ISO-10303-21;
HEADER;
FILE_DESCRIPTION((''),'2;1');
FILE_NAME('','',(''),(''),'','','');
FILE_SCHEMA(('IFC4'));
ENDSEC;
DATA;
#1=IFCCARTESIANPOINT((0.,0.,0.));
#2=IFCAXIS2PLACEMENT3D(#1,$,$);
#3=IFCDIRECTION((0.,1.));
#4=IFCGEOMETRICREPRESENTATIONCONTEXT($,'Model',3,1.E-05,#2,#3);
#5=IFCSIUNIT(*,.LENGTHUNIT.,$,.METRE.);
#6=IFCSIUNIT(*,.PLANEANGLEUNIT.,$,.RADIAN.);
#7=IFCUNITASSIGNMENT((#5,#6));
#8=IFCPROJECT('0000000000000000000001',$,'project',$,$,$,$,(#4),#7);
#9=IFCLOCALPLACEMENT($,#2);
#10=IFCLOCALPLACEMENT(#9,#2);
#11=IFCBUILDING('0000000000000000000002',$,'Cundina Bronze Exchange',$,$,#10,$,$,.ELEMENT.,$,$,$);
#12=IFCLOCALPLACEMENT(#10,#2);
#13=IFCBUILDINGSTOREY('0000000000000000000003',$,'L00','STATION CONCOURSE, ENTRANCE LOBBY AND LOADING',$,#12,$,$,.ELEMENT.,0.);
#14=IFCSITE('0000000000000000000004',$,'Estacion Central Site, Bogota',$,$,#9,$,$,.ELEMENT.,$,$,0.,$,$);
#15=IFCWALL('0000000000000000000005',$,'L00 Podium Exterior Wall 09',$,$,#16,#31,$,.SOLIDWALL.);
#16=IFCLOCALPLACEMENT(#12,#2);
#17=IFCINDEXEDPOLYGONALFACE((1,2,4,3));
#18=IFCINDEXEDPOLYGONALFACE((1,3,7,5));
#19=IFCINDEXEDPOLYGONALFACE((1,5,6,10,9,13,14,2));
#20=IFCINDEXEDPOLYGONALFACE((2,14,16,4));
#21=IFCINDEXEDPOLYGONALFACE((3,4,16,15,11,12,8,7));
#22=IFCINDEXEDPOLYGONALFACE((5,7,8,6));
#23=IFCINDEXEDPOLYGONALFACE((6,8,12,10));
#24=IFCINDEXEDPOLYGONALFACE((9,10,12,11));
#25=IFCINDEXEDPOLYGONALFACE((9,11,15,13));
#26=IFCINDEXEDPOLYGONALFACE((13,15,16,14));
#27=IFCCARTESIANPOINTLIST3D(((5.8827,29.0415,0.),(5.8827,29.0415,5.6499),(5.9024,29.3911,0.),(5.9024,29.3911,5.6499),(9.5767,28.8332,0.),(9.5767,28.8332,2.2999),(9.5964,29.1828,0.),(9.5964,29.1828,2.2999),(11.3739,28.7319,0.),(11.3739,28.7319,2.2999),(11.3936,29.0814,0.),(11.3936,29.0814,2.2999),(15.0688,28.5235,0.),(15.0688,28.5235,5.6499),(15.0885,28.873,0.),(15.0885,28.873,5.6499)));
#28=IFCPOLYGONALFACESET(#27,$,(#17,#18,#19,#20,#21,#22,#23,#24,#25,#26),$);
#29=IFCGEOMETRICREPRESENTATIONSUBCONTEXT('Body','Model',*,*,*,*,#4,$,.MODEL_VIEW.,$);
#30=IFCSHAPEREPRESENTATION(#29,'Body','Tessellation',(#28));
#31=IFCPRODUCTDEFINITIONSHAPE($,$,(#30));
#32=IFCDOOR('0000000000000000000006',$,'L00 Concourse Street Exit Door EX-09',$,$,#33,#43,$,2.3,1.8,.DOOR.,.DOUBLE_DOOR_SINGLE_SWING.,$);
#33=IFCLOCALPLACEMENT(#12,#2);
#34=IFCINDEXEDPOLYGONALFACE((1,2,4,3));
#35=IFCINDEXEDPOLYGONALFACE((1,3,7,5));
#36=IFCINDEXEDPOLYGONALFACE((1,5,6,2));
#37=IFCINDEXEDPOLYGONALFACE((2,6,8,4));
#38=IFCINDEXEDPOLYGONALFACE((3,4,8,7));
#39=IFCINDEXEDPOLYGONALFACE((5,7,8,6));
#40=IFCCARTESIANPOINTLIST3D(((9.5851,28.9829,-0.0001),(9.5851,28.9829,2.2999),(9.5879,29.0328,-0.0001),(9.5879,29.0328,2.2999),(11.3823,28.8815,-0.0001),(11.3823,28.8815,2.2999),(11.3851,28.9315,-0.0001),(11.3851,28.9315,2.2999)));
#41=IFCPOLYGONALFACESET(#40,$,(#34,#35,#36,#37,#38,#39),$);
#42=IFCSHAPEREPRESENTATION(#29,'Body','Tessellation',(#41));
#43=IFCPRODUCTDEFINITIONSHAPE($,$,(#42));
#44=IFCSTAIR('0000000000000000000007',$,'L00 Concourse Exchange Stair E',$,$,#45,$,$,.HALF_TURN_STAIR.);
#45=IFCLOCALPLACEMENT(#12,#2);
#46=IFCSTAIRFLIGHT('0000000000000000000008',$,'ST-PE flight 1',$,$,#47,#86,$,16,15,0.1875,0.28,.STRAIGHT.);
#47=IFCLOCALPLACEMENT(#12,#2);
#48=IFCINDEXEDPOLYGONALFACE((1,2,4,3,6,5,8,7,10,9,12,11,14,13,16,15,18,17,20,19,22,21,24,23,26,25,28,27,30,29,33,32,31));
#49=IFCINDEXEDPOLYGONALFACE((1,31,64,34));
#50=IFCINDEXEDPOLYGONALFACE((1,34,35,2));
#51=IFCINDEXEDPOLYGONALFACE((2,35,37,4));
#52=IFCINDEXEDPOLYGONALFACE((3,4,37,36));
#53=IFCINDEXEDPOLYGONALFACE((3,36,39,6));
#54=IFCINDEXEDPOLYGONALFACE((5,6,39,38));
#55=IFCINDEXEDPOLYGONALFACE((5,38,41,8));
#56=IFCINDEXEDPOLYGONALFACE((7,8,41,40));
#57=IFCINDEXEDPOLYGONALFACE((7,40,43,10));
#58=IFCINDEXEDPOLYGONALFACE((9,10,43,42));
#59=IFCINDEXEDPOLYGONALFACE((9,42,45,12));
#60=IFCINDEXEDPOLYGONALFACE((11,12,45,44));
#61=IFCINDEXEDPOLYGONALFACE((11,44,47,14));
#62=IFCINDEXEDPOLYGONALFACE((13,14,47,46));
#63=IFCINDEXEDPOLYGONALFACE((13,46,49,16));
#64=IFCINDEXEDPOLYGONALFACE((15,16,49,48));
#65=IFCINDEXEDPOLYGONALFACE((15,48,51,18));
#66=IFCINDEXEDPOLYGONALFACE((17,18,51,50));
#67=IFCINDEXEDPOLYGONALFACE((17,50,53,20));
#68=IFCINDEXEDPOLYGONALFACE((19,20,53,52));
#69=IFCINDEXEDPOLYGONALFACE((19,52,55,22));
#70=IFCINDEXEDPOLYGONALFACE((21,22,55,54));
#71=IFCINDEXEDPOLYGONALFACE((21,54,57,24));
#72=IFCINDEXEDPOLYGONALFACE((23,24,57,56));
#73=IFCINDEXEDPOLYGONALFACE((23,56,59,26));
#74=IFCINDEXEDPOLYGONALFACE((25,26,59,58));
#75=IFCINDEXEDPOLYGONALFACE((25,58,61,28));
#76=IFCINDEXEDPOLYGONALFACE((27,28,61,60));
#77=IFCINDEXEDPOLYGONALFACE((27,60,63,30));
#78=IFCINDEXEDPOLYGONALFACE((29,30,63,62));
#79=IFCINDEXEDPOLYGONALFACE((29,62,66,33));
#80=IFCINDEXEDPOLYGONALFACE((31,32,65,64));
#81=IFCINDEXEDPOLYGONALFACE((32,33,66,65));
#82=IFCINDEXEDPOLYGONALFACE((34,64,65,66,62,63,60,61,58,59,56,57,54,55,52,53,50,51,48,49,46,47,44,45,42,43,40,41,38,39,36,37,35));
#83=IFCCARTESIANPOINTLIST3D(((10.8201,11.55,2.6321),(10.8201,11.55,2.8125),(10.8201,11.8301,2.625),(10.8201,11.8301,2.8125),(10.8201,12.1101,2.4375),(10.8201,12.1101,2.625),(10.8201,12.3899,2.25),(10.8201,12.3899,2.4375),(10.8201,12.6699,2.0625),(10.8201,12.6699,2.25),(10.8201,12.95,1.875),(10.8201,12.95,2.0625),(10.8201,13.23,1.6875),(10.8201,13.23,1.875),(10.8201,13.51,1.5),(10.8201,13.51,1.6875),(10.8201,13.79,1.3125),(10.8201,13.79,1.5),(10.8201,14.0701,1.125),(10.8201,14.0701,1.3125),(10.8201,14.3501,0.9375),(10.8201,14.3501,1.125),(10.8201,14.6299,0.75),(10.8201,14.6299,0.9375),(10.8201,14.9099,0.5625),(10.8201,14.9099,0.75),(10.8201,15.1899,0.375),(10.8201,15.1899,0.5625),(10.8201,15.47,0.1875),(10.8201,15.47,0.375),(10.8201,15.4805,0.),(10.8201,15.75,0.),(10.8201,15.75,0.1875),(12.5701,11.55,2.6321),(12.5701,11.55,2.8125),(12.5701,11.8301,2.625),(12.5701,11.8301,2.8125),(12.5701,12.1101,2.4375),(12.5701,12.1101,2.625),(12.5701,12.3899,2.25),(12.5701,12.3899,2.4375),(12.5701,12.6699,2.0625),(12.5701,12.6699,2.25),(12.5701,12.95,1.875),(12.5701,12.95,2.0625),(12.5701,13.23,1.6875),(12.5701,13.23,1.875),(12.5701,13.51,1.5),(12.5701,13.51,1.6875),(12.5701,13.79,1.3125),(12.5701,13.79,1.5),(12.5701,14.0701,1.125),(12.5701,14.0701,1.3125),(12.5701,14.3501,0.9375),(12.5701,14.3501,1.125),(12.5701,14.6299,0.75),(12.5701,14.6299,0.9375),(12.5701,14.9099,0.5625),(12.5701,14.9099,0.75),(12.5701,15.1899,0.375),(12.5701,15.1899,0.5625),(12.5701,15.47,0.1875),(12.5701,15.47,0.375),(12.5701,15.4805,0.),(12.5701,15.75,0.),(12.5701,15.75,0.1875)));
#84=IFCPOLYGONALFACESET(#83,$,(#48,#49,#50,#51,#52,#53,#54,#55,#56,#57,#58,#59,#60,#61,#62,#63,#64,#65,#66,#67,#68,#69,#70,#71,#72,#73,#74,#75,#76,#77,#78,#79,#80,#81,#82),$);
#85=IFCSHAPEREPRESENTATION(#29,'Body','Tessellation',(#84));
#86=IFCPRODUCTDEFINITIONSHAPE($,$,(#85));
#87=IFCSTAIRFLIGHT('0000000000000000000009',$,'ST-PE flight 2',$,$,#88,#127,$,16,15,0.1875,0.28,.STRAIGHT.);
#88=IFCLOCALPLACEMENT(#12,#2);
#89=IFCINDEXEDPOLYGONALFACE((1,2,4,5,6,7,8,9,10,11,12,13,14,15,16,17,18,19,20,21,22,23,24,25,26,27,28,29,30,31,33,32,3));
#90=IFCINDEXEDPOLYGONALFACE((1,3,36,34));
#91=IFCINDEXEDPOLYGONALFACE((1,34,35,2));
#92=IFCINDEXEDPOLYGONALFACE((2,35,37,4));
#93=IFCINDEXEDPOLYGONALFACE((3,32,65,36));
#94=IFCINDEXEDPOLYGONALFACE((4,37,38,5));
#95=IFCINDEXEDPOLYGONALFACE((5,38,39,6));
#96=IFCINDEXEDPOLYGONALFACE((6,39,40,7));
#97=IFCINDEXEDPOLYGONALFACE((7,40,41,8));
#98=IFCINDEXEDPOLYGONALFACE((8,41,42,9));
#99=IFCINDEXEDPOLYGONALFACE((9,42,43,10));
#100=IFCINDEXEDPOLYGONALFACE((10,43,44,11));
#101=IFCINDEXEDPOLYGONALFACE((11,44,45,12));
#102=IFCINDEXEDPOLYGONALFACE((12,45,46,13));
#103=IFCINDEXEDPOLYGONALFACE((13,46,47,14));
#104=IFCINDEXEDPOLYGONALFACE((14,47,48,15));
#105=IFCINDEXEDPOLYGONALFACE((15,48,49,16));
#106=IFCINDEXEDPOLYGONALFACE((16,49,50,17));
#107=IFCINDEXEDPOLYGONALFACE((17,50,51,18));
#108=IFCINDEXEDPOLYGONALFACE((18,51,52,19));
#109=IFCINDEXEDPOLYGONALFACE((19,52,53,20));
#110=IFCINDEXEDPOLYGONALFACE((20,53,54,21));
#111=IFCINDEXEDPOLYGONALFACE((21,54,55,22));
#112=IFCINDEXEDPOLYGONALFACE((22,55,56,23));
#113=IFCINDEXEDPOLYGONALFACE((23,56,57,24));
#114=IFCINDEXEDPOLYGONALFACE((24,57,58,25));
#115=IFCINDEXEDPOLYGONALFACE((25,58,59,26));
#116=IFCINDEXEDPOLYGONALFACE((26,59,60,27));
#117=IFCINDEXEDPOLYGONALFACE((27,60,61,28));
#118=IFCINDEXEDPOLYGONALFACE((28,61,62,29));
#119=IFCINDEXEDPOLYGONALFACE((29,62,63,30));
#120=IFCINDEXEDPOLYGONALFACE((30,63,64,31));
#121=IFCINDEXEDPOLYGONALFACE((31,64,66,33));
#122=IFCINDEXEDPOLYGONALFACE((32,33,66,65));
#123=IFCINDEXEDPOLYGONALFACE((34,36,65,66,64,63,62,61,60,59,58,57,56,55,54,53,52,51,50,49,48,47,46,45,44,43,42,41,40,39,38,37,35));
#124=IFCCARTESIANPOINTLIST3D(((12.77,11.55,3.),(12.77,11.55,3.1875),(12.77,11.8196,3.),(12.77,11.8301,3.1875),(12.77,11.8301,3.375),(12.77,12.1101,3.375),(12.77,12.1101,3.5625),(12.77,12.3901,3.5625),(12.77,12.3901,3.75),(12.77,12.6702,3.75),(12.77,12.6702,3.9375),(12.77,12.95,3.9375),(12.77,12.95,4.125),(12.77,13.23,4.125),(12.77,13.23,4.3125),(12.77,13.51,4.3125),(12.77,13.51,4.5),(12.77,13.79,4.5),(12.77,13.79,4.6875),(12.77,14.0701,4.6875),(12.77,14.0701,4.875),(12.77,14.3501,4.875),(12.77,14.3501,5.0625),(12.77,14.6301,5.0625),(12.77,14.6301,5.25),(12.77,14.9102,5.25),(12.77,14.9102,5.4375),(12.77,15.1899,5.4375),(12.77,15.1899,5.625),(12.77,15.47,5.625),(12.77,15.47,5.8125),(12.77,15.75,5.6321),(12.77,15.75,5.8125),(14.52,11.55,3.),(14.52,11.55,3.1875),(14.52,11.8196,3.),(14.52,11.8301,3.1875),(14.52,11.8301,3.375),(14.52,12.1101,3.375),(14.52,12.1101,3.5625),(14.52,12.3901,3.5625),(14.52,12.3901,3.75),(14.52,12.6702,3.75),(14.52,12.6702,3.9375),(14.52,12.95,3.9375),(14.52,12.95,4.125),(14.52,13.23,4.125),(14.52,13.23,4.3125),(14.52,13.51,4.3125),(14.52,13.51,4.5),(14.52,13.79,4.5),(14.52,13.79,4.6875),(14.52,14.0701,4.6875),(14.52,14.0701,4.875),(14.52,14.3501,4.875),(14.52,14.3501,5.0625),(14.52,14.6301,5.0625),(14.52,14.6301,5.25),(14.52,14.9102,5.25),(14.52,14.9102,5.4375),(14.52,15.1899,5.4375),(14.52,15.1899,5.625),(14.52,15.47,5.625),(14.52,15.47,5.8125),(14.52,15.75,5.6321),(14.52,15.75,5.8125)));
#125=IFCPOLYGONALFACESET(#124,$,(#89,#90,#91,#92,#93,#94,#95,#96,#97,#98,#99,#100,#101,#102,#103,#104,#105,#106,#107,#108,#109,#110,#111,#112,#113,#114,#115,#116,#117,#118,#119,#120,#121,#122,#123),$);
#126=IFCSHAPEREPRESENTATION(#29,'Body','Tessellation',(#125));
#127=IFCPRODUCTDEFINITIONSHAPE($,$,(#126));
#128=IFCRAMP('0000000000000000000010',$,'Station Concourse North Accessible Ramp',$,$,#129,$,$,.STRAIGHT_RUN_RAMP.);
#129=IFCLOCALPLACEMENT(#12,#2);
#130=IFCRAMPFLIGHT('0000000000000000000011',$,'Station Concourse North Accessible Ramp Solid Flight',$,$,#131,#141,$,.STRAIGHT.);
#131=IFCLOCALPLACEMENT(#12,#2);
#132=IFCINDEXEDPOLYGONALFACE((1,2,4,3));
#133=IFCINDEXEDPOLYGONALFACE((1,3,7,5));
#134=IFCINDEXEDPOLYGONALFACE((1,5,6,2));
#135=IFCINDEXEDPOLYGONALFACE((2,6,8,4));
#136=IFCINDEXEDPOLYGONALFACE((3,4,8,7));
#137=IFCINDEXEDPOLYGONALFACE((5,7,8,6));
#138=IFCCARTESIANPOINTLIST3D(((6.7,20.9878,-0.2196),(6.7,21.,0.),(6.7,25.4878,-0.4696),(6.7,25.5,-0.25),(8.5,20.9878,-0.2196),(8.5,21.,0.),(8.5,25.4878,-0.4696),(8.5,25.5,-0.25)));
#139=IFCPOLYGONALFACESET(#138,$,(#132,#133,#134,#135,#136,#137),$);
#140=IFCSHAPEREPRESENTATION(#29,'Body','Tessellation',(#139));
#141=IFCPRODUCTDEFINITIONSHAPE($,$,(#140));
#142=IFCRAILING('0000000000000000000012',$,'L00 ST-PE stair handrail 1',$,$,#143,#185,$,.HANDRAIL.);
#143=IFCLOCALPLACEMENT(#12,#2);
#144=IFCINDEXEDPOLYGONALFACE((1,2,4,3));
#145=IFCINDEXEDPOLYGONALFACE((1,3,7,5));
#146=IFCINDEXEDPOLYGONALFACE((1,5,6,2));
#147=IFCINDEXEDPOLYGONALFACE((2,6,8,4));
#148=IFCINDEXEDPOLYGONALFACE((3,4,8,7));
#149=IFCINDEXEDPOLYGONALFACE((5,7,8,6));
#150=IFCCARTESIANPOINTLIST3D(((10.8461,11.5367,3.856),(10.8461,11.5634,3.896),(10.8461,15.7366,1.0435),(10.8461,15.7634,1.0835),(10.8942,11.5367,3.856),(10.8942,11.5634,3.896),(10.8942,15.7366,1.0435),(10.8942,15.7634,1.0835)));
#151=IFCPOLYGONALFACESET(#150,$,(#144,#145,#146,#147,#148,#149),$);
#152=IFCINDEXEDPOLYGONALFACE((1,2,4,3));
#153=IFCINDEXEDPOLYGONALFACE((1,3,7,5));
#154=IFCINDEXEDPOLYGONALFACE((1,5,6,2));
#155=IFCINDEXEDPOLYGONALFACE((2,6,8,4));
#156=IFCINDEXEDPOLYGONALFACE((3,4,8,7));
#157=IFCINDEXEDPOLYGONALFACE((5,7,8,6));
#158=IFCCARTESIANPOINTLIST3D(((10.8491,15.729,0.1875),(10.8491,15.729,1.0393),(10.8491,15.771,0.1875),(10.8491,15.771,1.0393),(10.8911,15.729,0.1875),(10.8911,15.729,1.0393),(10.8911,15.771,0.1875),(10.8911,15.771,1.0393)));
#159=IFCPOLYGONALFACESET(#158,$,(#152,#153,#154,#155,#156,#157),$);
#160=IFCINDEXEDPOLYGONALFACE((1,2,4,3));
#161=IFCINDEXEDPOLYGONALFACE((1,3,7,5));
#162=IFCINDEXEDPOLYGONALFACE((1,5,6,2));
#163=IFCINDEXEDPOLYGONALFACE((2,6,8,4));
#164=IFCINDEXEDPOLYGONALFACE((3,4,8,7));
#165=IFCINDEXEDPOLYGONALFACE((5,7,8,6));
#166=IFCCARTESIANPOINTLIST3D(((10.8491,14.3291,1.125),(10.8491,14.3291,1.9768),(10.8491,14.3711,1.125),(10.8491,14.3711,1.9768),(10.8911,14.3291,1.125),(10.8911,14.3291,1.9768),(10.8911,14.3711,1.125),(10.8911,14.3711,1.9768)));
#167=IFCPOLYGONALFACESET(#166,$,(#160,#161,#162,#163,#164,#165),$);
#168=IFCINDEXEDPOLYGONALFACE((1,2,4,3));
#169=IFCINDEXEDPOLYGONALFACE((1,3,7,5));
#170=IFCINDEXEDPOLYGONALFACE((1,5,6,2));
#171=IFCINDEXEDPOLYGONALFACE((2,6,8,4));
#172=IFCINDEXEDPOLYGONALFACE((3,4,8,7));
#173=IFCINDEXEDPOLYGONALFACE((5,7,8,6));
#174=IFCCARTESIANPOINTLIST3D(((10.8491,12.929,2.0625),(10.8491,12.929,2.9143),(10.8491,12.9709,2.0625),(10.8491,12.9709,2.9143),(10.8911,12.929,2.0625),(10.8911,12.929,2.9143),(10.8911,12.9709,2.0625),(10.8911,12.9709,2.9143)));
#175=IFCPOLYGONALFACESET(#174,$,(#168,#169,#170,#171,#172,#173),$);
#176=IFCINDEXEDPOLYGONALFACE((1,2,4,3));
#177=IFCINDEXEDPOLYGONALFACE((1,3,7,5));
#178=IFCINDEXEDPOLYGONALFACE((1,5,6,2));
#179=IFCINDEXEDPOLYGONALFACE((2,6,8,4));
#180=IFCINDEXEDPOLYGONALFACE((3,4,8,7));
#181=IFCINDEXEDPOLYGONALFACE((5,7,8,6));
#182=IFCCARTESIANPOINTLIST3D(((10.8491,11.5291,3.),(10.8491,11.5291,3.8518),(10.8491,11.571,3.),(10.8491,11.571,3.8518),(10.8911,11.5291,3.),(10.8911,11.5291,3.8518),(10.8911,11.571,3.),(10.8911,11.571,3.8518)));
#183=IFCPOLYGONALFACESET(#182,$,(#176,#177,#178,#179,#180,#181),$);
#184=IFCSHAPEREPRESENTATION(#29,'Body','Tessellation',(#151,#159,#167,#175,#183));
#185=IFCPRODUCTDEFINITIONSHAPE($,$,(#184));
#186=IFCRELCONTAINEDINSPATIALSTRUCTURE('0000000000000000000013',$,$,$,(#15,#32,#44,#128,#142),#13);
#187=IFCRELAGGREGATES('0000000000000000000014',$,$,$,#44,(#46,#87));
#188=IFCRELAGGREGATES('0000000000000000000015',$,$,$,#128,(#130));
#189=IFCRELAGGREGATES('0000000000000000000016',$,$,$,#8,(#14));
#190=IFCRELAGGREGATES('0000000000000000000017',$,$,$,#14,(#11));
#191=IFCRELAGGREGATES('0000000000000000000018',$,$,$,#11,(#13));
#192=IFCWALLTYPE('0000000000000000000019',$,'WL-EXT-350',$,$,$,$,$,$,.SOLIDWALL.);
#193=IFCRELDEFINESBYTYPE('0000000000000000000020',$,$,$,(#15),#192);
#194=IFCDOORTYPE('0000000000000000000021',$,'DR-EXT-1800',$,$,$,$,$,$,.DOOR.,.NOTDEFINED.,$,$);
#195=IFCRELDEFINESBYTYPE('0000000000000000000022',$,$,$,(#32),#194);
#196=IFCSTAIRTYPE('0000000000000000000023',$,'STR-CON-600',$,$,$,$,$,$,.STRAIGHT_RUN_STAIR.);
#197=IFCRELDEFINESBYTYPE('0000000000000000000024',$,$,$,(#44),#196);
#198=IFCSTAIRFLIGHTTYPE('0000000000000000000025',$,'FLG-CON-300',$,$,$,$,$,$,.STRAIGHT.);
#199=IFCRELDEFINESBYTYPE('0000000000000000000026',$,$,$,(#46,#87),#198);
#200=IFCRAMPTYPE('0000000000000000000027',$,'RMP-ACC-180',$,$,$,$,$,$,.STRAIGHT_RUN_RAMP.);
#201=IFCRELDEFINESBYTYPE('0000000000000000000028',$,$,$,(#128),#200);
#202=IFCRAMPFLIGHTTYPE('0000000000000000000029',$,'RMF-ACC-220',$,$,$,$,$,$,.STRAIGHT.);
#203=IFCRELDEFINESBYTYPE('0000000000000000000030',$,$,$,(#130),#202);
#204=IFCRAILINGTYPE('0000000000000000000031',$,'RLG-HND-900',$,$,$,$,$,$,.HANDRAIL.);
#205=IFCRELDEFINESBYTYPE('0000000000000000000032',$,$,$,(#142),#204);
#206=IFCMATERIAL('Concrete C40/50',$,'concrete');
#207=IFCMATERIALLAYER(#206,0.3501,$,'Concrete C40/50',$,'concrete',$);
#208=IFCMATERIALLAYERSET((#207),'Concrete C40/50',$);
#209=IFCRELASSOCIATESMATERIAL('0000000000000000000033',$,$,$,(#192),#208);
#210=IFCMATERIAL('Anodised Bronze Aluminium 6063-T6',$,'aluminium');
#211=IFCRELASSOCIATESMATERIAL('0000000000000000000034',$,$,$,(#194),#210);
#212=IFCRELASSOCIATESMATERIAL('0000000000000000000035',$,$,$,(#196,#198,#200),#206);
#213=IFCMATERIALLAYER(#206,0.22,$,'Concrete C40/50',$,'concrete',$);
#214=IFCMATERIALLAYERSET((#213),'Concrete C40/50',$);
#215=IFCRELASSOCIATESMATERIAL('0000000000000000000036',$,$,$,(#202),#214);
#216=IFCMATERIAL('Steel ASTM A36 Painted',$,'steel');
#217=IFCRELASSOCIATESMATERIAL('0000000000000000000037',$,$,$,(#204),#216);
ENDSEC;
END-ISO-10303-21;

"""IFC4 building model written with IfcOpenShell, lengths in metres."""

from ifc_helpers import new_model, si_unit, direction, frame, frame_2d, origin, origin_2d, place, context, subcontext, project, spatial, polyline, rectangle, outline, extrude, material, layer, layer_set, type_object, element, fill, aggregate, save


model = new_model("IFC4")

# Units and contexts
model_context = context("Model", 3, precision=1e-05, world=origin(), true_north=direction((0.0, 1.0)))
body_context = subcontext(model_context, "Body", "Model", "MODEL_VIEW")
ifc_project = project(units=[si_unit("LENGTHUNIT", "METRE"), si_unit("PLANEANGLEUNIT", "RADIAN")], contexts=[model_context])

# Site, building, storey
site_placement = place(None, origin())
site = spatial("IfcSite", under=ifc_project, at=site_placement, Name="Estacion Central Site, Bogota", CompositionType="ELEMENT", RefElevation=0.0)
building_placement = place(site_placement, origin())
building = spatial("IfcBuilding", under=site, at=building_placement, Name="Cundina Bronze Exchange", CompositionType="ELEMENT")
storey_placement = place(building_placement, origin())
storey = spatial("IfcBuildingStorey", under=building, at=storey_placement, Name="L00", Description="STATION CONCOURSE, ENTRANCE LOBBY AND LOADING", CompositionType="ELEMENT", Elevation=0.0)

# Shared definitions
ifc_material_1 = material(Name="Concrete C40/50", Category="concrete")

# Shared definitions
ifc_layer_1 = layer(ifc_material_1, 0.3501, Name="Concrete C40/50", Category="concrete")
ifc_layer_set_1 = layer_set([ifc_layer_1], Name="Concrete C40/50")
wall_type_1 = type_object("IfcWallType", Name="WL-EXT-350", PredefinedType="SOLIDWALL", material=ifc_layer_set_1)

# Wall, opening, door
wall_1_placement = place(storey_placement, frame((5.8926, 29.2163, 0.0), z_axis=(0.0, 0.0, 1.0), x_axis=(0.998413, -0.056308, 0.0)))
wall_1 = element("IfcWall", 1, at=wall_1_placement, inside=storey, type_object=wall_type_1, Name="L00 Podium Exterior Wall 09", PredefinedType="SOLIDWALL", context=body_context, shape_type="SweptSolid", body=[
    extrude(rectangle(XDim=9.2007, YDim=0.3501, at=frame_2d((4.6003, 0.0))), origin(), (0.0, 0.0, 1.0), 5.6499),
])
opening_1_placement = place(wall_1_placement, frame((3.7, 0.0, 0.0)))
opening_1 = element("IfcOpeningElement", 2, at=opening_1_placement, cuts=wall_1, PredefinedType="OPENING", context=body_context, shape_type="SweptSolid", body=[
    extrude(rectangle(XDim=1.8, YDim=2.3, at=frame_2d((0.8999, 1.1499))), frame((0.0, 0.1851, 0.0), z_axis=(0.0, -1.0, 0.0), x_axis=(1.0, 0.0, 0.0)), (0.0, 0.0, 1.0), 0.3701),
])
ifc_material_2 = material(Name="Anodised Bronze Aluminium 6063-T6", Category="aluminium")
door_type_1 = type_object("IfcDoorType", Name="DR-EXT-1800", OperationType="NOTDEFINED", PredefinedType="DOOR", material=ifc_material_2)
door_1_placement = place(opening_1_placement, origin())
door_1 = element("IfcDoor", 3, at=door_1_placement, inside=storey, type_object=door_type_1, Name="L00 Concourse Street Exit Door EX-09", OperationType="DOUBLE_DOOR_SINGLE_SWING", OverallHeight=2.3, OverallWidth=1.8, PredefinedType="DOOR", context=body_context, shape_type="SweptSolid", body=[
    extrude(rectangle(XDim=1.8, YDim=2.3, at=frame_2d((0.8999, 1.1499))), frame((0.0, 0.0249, 0.0), z_axis=(0.0, -1.0, 0.0), x_axis=(1.0, 0.0, 0.0)), (0.0, 0.0, 1.0), 0.05),
])
fill(opening_1, door_1)
ifc_material_3 = material(Name="Steel ASTM A36 Painted", Category="steel")

# Stair, stair flights
stair_type = type_object("IfcStairType", Name="STR-CON-600", PredefinedType="STRAIGHT_RUN_STAIR", material=ifc_material_1)
stair_placement = place(storey_placement, origin())
stair = element("IfcStair", 4, at=stair_placement, inside=storey, type_object=stair_type, Name="L00 Concourse Exchange Stair E", PredefinedType="HALF_TURN_STAIR")
stair_flight_type = type_object("IfcStairFlightType", Name="FLG-CON-300", PredefinedType="STRAIGHT", material=ifc_material_1)
stair_flight_1_placement = place(storey_placement, frame((11.6951, 15.75, 0.0), z_axis=(0.0, 0.0, 1.0), x_axis=(0.0, -1.0, 0.0)))
stair_flight_1 = element("IfcStairFlight", 5, at=stair_flight_1_placement, type_object=stair_flight_type, Name="ST-PE flight 1", NumberOfRisers=16, NumberOfTreads=15, PredefinedType="STRAIGHT", RiserHeight=0.1875, TreadLength=0.28, context=body_context, shape_type="SweptSolid", body=[
    extrude(outline(polyline([(0.0, 0.0), (0.0, 0.1875), (0.28, 0.1875), (0.28, 0.375), (0.5601, 0.375), (0.5601, 0.5625), (0.8401, 0.5625), (0.8401, 0.75), (1.1201, 0.75), (1.1201, 0.9375), (1.3999, 0.9375), (1.3999, 1.125), (1.6799, 1.125), (1.6799, 1.3125), (1.96, 1.3125), (1.96, 1.5), (2.24, 1.5), (2.24, 1.6875), (2.52, 1.6875), (2.52, 1.875), (2.8, 1.875), (2.8, 2.0625), (3.0801, 2.0625), (3.0801, 2.25), (3.3601, 2.25), (3.3601, 2.4375), (3.6399, 2.4375), (3.6399, 2.625), (3.9199, 2.625), (3.9199, 2.8125), (4.2, 2.8125), (4.2, 3.0), (4.2, 2.6321), (0.2695, 0.0), (0.0, 0.0)])), frame((0.0, 0.875, 0.0), z_axis=(0.0, -1.0, 0.0), x_axis=(1.0, 0.0, 0.0)), (0.0, 0.0, 1.0), 1.75),
])
stair_flight_2_placement = place(storey_placement, frame((13.645, 11.55, 3.0), z_axis=(0.0, 0.0, 1.0), x_axis=(0.0, 1.0, 0.0)))
stair_flight_2 = element("IfcStairFlight", 6, at=stair_flight_2_placement, type_object=stair_flight_type, Name="ST-PE flight 2", NumberOfRisers=16, NumberOfTreads=15, PredefinedType="STRAIGHT", RiserHeight=0.1875, TreadLength=0.28, context=body_context, shape_type="SweptSolid", body=[
    extrude(outline(polyline([(0.0, 0.0), (0.0, 0.1875), (0.28, 0.1875), (0.28, 0.375), (0.5601, 0.375), (0.5601, 0.5625), (0.8401, 0.5625), (0.8401, 0.75), (1.1201, 0.75), (1.1201, 0.9375), (1.3999, 0.9375), (1.3999, 1.125), (1.6799, 1.125), (1.6799, 1.3125), (1.96, 1.3125), (1.96, 1.5), (2.24, 1.5), (2.24, 1.6875), (2.52, 1.6875), (2.52, 1.875), (2.8, 1.875), (2.8, 2.0625), (3.0801, 2.0625), (3.0801, 2.25), (3.3601, 2.25), (3.3601, 2.4375), (3.6399, 2.4375), (3.6399, 2.625), (3.9199, 2.625), (3.9199, 2.8125), (4.2, 2.8125), (4.2, 3.0), (4.2, 2.6321), (0.2695, 0.0), (0.0, 0.0)])), frame((0.0, 0.875, 0.0), z_axis=(0.0, -1.0, 0.0), x_axis=(1.0, 0.0, 0.0)), (0.0, 0.0, 1.0), 1.75),
])
aggregate(stair, [stair_flight_1, stair_flight_2])

# Ramp, ramp flight
ramp_type = type_object("IfcRampType", Name="RMP-ACC-180", PredefinedType="STRAIGHT_RUN_RAMP", material=ifc_material_1)
ramp_placement = place(storey_placement, origin())
ramp = element("IfcRamp", 7, at=ramp_placement, inside=storey, type_object=ramp_type, Name="Station Concourse North Accessible Ramp", PredefinedType="STRAIGHT_RUN_RAMP")
ifc_layer_2 = layer(ifc_material_1, 0.22, Name="Concrete C40/50", Category="concrete")
ifc_layer_set_2 = layer_set([ifc_layer_2], Name="Concrete C40/50")
ramp_flight_type = type_object("IfcRampFlightType", Name="RMF-ACC-220", PredefinedType="STRAIGHT", material=ifc_layer_set_2)
ramp_flight_placement = place(storey_placement, frame((8.5, 25.5, -0.25), z_axis=(0.0, 0.05547, 0.99846), x_axis=(-1.0, 0.0, 0.0)))
ramp_flight = element("IfcRampFlight", 8, at=ramp_flight_placement, type_object=ramp_flight_type, Name="Station Concourse North Accessible Ramp Solid Flight", PredefinedType="STRAIGHT", context=body_context, shape_type="SweptSolid", body=[
    extrude(outline(polyline([(0.0, 0.0), (1.8, 0.0), (1.8, 4.5069), (0.0, 4.5069), (0.0, 0.0)])), origin(), (0.0, 0.0, -1.0), 0.22),
])
aggregate(ramp, [ramp_flight])

# Railing
railing_type_1 = type_object("IfcRailingType", Name="RLG-HND-900", PredefinedType="HANDRAIL", material=ifc_material_3)
railing_1_placement = place(storey_placement, frame((10.8701, 15.75, 0.1875)))
element("IfcRailing", 9, at=railing_1_placement, inside=storey, type_object=railing_type_1, Name="L00 ST-PE stair handrail 1", PredefinedType="HANDRAIL", context=body_context, shape_type="SweptSolid", body=[
    extrude(rectangle(XDim=0.0481, YDim=0.0481, at=origin_2d()), frame((0.0, 0.0, 0.876), z_axis=(0.0, -0.830904, 0.556416), x_axis=(1.0, 0.0, 0.0)), (0.0, 0.0, 1.0), 5.0547),
    extrude(rectangle(XDim=0.042, YDim=0.042, at=origin_2d()), origin(), (0.0, 0.0, 1.0), 0.8518),
    extrude(rectangle(XDim=0.042, YDim=0.042, at=origin_2d()), frame((0.0, -1.3999, 0.9375)), (0.0, 0.0, 1.0), 0.8518),
    extrude(rectangle(XDim=0.042, YDim=0.042, at=origin_2d()), frame((0.0, -2.8, 1.875)), (0.0, 0.0, 1.0), 0.8518),
    extrude(rectangle(XDim=0.042, YDim=0.042, at=origin_2d()), frame((0.0, -4.2, 2.8125)), (0.0, 0.0, 1.0), 0.8518),
])

save(model, "model.ifc")
